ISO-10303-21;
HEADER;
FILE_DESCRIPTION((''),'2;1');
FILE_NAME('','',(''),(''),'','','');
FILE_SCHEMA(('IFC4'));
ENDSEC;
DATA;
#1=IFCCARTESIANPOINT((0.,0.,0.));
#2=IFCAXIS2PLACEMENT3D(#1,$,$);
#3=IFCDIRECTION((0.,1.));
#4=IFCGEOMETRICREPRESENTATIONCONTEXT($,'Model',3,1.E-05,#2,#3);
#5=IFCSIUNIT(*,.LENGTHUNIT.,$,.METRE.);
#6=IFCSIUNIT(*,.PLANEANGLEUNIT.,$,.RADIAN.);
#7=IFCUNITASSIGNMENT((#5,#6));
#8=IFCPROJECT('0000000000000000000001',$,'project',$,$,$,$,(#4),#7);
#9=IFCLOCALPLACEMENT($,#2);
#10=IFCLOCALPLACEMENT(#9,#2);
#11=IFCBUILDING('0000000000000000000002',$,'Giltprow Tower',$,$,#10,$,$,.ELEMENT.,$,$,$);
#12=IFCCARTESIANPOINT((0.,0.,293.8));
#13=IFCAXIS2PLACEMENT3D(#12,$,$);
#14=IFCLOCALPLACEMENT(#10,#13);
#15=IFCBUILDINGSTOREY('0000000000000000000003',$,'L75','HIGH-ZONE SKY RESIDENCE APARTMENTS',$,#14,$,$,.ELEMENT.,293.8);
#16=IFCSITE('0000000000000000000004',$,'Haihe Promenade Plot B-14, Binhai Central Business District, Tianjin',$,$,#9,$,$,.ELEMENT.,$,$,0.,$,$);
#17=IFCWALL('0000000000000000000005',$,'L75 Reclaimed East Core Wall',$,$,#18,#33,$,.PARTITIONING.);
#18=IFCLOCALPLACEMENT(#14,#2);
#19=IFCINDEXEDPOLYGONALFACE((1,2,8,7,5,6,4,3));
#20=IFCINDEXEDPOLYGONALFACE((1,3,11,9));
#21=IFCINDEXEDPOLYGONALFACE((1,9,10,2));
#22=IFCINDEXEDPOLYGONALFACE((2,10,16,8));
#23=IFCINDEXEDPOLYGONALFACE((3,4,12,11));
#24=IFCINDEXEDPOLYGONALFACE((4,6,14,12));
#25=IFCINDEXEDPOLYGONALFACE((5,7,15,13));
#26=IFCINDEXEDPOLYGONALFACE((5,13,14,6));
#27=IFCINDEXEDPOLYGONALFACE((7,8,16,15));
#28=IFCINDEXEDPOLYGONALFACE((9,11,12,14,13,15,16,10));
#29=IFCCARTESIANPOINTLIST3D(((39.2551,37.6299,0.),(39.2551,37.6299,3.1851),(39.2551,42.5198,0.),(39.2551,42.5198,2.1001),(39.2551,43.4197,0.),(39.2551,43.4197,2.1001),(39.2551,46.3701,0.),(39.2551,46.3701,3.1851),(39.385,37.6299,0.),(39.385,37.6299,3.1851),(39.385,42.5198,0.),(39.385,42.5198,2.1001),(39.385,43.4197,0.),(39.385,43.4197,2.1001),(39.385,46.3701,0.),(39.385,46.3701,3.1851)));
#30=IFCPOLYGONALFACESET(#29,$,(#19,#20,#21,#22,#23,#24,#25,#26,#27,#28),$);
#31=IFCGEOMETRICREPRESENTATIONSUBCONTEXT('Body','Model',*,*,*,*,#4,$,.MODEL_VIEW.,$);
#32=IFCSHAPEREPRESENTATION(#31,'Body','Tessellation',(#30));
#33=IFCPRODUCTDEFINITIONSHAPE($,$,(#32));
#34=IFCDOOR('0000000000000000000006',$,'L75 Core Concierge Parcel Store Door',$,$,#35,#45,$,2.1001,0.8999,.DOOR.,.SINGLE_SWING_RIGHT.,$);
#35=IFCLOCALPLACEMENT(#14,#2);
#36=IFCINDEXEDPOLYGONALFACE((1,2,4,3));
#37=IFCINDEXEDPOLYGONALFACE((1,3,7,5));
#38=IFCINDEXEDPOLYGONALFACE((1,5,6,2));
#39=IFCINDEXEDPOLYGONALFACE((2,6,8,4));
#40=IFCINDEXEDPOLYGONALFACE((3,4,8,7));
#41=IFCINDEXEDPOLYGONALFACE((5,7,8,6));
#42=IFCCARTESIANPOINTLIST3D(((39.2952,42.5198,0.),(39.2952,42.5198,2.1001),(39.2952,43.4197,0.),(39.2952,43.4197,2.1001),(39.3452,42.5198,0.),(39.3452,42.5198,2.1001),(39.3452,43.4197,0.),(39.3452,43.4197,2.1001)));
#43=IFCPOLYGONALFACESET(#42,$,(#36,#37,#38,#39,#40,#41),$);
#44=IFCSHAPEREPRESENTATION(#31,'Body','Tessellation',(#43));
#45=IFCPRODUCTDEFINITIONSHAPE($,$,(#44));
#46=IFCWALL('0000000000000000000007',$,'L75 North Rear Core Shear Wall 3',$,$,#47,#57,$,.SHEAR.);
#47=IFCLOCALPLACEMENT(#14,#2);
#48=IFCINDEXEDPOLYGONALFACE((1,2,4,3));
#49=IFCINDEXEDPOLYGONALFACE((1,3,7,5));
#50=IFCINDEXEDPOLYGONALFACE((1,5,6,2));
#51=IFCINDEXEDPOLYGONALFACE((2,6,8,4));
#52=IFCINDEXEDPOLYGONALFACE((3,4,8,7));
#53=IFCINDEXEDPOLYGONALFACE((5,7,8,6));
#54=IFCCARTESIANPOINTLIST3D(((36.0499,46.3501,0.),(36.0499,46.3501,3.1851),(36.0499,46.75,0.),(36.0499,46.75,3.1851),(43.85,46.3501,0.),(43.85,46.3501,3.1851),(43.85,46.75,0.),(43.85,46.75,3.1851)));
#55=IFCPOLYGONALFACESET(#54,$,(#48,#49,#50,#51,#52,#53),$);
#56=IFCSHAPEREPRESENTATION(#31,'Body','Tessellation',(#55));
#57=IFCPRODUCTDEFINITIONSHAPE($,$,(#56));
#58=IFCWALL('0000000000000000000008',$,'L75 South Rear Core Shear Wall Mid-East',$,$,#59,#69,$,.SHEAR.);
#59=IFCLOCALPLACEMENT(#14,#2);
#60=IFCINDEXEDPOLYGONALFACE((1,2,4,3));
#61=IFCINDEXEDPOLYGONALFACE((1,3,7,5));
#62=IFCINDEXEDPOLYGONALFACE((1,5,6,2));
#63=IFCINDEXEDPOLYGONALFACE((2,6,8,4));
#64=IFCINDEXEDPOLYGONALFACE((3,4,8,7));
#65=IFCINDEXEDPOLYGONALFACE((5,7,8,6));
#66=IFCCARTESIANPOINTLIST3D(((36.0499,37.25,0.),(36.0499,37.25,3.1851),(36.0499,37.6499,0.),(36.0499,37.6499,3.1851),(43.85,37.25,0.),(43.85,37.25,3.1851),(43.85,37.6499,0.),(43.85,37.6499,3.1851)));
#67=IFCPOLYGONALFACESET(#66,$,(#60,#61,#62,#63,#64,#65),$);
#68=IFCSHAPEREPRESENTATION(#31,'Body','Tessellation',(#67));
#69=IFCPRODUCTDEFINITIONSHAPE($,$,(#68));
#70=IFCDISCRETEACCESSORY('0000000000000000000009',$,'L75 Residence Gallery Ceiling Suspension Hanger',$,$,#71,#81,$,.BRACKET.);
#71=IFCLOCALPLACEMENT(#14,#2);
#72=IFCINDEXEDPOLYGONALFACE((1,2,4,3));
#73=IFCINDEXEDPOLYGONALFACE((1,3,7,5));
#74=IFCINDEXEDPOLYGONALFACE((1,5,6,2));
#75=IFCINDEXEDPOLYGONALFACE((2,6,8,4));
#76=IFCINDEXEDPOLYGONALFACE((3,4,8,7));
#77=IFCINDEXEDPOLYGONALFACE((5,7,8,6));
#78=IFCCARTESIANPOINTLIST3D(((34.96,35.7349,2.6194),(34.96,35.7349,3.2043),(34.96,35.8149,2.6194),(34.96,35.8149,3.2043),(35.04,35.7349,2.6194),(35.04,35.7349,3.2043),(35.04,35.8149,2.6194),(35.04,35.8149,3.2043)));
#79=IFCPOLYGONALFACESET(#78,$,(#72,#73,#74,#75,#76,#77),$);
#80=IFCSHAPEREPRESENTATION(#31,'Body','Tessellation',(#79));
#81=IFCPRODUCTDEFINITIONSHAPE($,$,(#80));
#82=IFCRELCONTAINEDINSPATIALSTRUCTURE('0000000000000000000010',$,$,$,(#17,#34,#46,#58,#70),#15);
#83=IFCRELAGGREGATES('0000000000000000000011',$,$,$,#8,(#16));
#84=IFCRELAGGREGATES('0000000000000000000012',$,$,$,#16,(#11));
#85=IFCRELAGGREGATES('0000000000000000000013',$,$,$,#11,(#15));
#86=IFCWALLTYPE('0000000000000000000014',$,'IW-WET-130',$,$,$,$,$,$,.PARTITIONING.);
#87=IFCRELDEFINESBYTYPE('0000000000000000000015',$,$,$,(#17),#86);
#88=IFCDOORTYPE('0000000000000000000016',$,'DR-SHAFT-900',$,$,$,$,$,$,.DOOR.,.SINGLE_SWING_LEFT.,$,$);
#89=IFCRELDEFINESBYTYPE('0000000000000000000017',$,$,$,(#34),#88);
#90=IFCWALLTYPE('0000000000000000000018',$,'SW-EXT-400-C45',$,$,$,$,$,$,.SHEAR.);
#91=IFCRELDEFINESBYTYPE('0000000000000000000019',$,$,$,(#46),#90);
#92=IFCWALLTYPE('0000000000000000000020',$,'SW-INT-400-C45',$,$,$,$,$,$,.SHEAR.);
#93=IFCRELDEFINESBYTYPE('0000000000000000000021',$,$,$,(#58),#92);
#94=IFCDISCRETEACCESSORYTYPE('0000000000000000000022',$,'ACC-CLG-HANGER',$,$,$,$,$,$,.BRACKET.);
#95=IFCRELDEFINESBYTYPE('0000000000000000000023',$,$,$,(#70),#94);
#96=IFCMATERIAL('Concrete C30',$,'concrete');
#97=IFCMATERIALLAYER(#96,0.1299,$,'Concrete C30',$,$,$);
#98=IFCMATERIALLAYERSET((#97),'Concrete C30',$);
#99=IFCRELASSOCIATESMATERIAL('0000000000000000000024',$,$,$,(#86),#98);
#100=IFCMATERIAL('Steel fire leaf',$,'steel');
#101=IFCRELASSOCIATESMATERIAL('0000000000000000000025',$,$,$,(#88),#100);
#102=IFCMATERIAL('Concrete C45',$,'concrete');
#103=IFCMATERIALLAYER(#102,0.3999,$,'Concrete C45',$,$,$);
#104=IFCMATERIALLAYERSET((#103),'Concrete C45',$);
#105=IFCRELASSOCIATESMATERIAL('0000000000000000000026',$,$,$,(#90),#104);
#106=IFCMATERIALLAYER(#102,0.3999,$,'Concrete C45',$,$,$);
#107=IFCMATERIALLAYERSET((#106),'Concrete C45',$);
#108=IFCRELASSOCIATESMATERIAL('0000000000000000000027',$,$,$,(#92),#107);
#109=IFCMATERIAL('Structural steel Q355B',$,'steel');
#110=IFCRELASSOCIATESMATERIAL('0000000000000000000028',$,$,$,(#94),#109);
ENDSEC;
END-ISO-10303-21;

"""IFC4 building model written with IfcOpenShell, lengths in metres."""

from ifc_helpers import new_model, si_unit, direction, frame, frame_2d, origin, origin_2d, place, context, subcontext, project, spatial, rectangle, extrude, source, transform, mapped, material, layer, layer_set, type_object, element, fill, save


model = new_model("IFC4")

# Units and contexts
model_context = context("Model", 3, precision=1e-05, world=origin(), true_north=direction((0.0, 1.0)))
body_context = subcontext(model_context, "Body", "Model", "MODEL_VIEW")
ifc_project = project(units=[si_unit("LENGTHUNIT", "METRE"), si_unit("PLANEANGLEUNIT", "RADIAN")], contexts=[model_context])

# Site, building, storey
site_placement = place(None, origin())
site = spatial("IfcSite", under=ifc_project, at=site_placement, Name="Haihe Promenade Plot B-14, Binhai Central Business District, Tianjin", CompositionType="ELEMENT", RefElevation=0.0)
building_placement = place(site_placement, origin())
building = spatial("IfcBuilding", under=site, at=building_placement, Name="Giltprow Tower", CompositionType="ELEMENT")
storey_placement = place(building_placement, frame((0.0, 0.0, 293.8)))
storey = spatial("IfcBuildingStorey", under=building, at=storey_placement, Name="L75", Description="HIGH-ZONE SKY RESIDENCE APARTMENTS", CompositionType="ELEMENT", Elevation=293.8)

# Shared definitions
ifc_material_1 = material(Name="Concrete C45", Category="concrete")

# Shared definitions
ifc_material_2 = material(Name="Structural steel Q355B", Category="steel")

# Shared definitions
ifc_material_3 = material(Name="Concrete C30", Category="concrete")
ifc_layer_1 = layer(ifc_material_3, 0.1299, Name="Concrete C30")
ifc_layer_set_1 = layer_set([ifc_layer_1], Name="Concrete C30")
wall_type_1 = type_object("IfcWallType", Name="IW-WET-130", PredefinedType="PARTITIONING", material=ifc_layer_set_1)
ifc_material_4 = material(Name="Steel fire leaf", Category="steel")
door_type_1 = type_object("IfcDoorType", Name="DR-SHAFT-900", OperationType="SINGLE_SWING_LEFT", PredefinedType="DOOR", material=ifc_material_4)
shared_shape_1 = source(origin(), body_context, "Body", "SweptSolid", [
    extrude(rectangle(XDim=0.8999, YDim=2.1001, at=frame_2d((0.45, 1.05))), frame((0.0, 0.0249, 0.0), z_axis=(0.0, -1.0, 0.0), x_axis=(1.0, 0.0, 0.0)), (0.0, 0.0, 1.0), 0.05),
])

# Wall, opening, door
wall_1_placement = place(storey_placement, frame((39.3201, 37.6299, 0.0), z_axis=(0.0, 0.0, 1.0), x_axis=(0.0, 1.0, 0.0)))
wall_1 = element("IfcWall", 1, at=wall_1_placement, inside=storey, type_object=wall_type_1, Name="L75 Reclaimed East Core Wall", PredefinedType="PARTITIONING", context=body_context, shape_type="SweptSolid", body=[
    extrude(rectangle(XDim=8.7402, YDim=0.1299, at=frame_2d((4.3701, 0.0))), origin(), (0.0, 0.0, 1.0), 3.1851),
])
opening_1_placement = place(wall_1_placement, frame((4.8899, 0.0, 0.0)))
opening_1 = element("IfcOpeningElement", 2, at=opening_1_placement, cuts=wall_1, PredefinedType="OPENING", context=body_context, shape_type="SweptSolid", body=[
    extrude(rectangle(XDim=0.8999, YDim=2.1001, at=frame_2d((0.45, 1.05))), frame((0.0, 0.075, 0.0), z_axis=(0.0, -1.0, 0.0), x_axis=(1.0, 0.0, 0.0)), (0.0, 0.0, 1.0), 0.1499),
])
door_1_placement = place(opening_1_placement, origin())
door_1 = element("IfcDoor", 3, at=door_1_placement, inside=storey, type_object=door_type_1, Name="L75 Core Concierge Parcel Store Door", OperationType="SINGLE_SWING_RIGHT", OverallHeight=2.1001, OverallWidth=0.8999, PredefinedType="DOOR", context=body_context, shape_type="MappedRepresentation", body=[
    mapped(shared_shape_1, transform((0.0, 0.0, 0.0), x_axis=(1.0, 0.0, 0.0), y_axis=(0.0, 1.0, 0.0), z_axis=(0.0, 0.0, 1.0), scale=1.0)),
])
fill(opening_1, door_1)

# Walls
ifc_layer_2 = layer(ifc_material_1, 0.3999, Name="Concrete C45")
ifc_layer_set_2 = layer_set([ifc_layer_2], Name="Concrete C45")
wall_type_2 = type_object("IfcWallType", Name="SW-EXT-400-C45", PredefinedType="SHEAR", material=ifc_layer_set_2)
wall_2_placement = place(storey_placement, frame((36.05, 46.55, 0.0), z_axis=(0.0, 0.0, 1.0), x_axis=(1.0, 0.0, 0.0)))
element("IfcWall", 4, at=wall_2_placement, inside=storey, type_object=wall_type_2, Name="L75 North Rear Core Shear Wall 3", PredefinedType="SHEAR", context=body_context, shape_type="SweptSolid", body=[
    extrude(rectangle(XDim=7.8, YDim=0.3999, at=frame_2d((3.8999, 0.0))), origin(), (0.0, 0.0, 1.0), 3.1851),
])
ifc_layer_3 = layer(ifc_material_1, 0.3999, Name="Concrete C45")
ifc_layer_set_3 = layer_set([ifc_layer_3], Name="Concrete C45")
wall_type_3 = type_object("IfcWallType", Name="SW-INT-400-C45", PredefinedType="SHEAR", material=ifc_layer_set_3)
wall_3_placement = place(storey_placement, frame((36.05, 37.45, 0.0), z_axis=(0.0, 0.0, 1.0), x_axis=(1.0, 0.0, 0.0)))
element("IfcWall", 5, at=wall_3_placement, inside=storey, type_object=wall_type_3, Name="L75 South Rear Core Shear Wall Mid-East", PredefinedType="SHEAR", context=body_context, shape_type="SweptSolid", body=[
    extrude(rectangle(XDim=7.8, YDim=0.3999, at=frame_2d((3.8999, 0.0))), origin(), (0.0, 0.0, 1.0), 3.1851),
])

# Discrete accessory
discrete_accessory_type = type_object("IfcDiscreteAccessoryType", Name="ACC-CLG-HANGER", PredefinedType="BRACKET", material=ifc_material_2)
shared_shape_2 = source(origin(), body_context, "Body", "SweptSolid", [
    extrude(rectangle(XDim=0.0801, YDim=0.0801, at=origin_2d()), origin(), (0.0, 0.0, 1.0), 0.585),
])
discrete_accessory_placement = place(storey_placement, frame((35.0, 35.7749, 2.6194), z_axis=(0.0, 0.0, 1.0), x_axis=(1.0, 0.0, 0.0)))
element("IfcDiscreteAccessory", 6, at=discrete_accessory_placement, inside=storey, type_object=discrete_accessory_type, Name="L75 Residence Gallery Ceiling Suspension Hanger", PredefinedType="BRACKET", context=body_context, shape_type="MappedRepresentation", body=[
    mapped(shared_shape_2, transform((0.0, 0.0, 0.0), x_axis=(1.0, 0.0, 0.0), y_axis=(0.0, 1.0, 0.0), z_axis=(0.0, 0.0, 1.0), scale=1.0)),
])

save(model, "model.ifc")
